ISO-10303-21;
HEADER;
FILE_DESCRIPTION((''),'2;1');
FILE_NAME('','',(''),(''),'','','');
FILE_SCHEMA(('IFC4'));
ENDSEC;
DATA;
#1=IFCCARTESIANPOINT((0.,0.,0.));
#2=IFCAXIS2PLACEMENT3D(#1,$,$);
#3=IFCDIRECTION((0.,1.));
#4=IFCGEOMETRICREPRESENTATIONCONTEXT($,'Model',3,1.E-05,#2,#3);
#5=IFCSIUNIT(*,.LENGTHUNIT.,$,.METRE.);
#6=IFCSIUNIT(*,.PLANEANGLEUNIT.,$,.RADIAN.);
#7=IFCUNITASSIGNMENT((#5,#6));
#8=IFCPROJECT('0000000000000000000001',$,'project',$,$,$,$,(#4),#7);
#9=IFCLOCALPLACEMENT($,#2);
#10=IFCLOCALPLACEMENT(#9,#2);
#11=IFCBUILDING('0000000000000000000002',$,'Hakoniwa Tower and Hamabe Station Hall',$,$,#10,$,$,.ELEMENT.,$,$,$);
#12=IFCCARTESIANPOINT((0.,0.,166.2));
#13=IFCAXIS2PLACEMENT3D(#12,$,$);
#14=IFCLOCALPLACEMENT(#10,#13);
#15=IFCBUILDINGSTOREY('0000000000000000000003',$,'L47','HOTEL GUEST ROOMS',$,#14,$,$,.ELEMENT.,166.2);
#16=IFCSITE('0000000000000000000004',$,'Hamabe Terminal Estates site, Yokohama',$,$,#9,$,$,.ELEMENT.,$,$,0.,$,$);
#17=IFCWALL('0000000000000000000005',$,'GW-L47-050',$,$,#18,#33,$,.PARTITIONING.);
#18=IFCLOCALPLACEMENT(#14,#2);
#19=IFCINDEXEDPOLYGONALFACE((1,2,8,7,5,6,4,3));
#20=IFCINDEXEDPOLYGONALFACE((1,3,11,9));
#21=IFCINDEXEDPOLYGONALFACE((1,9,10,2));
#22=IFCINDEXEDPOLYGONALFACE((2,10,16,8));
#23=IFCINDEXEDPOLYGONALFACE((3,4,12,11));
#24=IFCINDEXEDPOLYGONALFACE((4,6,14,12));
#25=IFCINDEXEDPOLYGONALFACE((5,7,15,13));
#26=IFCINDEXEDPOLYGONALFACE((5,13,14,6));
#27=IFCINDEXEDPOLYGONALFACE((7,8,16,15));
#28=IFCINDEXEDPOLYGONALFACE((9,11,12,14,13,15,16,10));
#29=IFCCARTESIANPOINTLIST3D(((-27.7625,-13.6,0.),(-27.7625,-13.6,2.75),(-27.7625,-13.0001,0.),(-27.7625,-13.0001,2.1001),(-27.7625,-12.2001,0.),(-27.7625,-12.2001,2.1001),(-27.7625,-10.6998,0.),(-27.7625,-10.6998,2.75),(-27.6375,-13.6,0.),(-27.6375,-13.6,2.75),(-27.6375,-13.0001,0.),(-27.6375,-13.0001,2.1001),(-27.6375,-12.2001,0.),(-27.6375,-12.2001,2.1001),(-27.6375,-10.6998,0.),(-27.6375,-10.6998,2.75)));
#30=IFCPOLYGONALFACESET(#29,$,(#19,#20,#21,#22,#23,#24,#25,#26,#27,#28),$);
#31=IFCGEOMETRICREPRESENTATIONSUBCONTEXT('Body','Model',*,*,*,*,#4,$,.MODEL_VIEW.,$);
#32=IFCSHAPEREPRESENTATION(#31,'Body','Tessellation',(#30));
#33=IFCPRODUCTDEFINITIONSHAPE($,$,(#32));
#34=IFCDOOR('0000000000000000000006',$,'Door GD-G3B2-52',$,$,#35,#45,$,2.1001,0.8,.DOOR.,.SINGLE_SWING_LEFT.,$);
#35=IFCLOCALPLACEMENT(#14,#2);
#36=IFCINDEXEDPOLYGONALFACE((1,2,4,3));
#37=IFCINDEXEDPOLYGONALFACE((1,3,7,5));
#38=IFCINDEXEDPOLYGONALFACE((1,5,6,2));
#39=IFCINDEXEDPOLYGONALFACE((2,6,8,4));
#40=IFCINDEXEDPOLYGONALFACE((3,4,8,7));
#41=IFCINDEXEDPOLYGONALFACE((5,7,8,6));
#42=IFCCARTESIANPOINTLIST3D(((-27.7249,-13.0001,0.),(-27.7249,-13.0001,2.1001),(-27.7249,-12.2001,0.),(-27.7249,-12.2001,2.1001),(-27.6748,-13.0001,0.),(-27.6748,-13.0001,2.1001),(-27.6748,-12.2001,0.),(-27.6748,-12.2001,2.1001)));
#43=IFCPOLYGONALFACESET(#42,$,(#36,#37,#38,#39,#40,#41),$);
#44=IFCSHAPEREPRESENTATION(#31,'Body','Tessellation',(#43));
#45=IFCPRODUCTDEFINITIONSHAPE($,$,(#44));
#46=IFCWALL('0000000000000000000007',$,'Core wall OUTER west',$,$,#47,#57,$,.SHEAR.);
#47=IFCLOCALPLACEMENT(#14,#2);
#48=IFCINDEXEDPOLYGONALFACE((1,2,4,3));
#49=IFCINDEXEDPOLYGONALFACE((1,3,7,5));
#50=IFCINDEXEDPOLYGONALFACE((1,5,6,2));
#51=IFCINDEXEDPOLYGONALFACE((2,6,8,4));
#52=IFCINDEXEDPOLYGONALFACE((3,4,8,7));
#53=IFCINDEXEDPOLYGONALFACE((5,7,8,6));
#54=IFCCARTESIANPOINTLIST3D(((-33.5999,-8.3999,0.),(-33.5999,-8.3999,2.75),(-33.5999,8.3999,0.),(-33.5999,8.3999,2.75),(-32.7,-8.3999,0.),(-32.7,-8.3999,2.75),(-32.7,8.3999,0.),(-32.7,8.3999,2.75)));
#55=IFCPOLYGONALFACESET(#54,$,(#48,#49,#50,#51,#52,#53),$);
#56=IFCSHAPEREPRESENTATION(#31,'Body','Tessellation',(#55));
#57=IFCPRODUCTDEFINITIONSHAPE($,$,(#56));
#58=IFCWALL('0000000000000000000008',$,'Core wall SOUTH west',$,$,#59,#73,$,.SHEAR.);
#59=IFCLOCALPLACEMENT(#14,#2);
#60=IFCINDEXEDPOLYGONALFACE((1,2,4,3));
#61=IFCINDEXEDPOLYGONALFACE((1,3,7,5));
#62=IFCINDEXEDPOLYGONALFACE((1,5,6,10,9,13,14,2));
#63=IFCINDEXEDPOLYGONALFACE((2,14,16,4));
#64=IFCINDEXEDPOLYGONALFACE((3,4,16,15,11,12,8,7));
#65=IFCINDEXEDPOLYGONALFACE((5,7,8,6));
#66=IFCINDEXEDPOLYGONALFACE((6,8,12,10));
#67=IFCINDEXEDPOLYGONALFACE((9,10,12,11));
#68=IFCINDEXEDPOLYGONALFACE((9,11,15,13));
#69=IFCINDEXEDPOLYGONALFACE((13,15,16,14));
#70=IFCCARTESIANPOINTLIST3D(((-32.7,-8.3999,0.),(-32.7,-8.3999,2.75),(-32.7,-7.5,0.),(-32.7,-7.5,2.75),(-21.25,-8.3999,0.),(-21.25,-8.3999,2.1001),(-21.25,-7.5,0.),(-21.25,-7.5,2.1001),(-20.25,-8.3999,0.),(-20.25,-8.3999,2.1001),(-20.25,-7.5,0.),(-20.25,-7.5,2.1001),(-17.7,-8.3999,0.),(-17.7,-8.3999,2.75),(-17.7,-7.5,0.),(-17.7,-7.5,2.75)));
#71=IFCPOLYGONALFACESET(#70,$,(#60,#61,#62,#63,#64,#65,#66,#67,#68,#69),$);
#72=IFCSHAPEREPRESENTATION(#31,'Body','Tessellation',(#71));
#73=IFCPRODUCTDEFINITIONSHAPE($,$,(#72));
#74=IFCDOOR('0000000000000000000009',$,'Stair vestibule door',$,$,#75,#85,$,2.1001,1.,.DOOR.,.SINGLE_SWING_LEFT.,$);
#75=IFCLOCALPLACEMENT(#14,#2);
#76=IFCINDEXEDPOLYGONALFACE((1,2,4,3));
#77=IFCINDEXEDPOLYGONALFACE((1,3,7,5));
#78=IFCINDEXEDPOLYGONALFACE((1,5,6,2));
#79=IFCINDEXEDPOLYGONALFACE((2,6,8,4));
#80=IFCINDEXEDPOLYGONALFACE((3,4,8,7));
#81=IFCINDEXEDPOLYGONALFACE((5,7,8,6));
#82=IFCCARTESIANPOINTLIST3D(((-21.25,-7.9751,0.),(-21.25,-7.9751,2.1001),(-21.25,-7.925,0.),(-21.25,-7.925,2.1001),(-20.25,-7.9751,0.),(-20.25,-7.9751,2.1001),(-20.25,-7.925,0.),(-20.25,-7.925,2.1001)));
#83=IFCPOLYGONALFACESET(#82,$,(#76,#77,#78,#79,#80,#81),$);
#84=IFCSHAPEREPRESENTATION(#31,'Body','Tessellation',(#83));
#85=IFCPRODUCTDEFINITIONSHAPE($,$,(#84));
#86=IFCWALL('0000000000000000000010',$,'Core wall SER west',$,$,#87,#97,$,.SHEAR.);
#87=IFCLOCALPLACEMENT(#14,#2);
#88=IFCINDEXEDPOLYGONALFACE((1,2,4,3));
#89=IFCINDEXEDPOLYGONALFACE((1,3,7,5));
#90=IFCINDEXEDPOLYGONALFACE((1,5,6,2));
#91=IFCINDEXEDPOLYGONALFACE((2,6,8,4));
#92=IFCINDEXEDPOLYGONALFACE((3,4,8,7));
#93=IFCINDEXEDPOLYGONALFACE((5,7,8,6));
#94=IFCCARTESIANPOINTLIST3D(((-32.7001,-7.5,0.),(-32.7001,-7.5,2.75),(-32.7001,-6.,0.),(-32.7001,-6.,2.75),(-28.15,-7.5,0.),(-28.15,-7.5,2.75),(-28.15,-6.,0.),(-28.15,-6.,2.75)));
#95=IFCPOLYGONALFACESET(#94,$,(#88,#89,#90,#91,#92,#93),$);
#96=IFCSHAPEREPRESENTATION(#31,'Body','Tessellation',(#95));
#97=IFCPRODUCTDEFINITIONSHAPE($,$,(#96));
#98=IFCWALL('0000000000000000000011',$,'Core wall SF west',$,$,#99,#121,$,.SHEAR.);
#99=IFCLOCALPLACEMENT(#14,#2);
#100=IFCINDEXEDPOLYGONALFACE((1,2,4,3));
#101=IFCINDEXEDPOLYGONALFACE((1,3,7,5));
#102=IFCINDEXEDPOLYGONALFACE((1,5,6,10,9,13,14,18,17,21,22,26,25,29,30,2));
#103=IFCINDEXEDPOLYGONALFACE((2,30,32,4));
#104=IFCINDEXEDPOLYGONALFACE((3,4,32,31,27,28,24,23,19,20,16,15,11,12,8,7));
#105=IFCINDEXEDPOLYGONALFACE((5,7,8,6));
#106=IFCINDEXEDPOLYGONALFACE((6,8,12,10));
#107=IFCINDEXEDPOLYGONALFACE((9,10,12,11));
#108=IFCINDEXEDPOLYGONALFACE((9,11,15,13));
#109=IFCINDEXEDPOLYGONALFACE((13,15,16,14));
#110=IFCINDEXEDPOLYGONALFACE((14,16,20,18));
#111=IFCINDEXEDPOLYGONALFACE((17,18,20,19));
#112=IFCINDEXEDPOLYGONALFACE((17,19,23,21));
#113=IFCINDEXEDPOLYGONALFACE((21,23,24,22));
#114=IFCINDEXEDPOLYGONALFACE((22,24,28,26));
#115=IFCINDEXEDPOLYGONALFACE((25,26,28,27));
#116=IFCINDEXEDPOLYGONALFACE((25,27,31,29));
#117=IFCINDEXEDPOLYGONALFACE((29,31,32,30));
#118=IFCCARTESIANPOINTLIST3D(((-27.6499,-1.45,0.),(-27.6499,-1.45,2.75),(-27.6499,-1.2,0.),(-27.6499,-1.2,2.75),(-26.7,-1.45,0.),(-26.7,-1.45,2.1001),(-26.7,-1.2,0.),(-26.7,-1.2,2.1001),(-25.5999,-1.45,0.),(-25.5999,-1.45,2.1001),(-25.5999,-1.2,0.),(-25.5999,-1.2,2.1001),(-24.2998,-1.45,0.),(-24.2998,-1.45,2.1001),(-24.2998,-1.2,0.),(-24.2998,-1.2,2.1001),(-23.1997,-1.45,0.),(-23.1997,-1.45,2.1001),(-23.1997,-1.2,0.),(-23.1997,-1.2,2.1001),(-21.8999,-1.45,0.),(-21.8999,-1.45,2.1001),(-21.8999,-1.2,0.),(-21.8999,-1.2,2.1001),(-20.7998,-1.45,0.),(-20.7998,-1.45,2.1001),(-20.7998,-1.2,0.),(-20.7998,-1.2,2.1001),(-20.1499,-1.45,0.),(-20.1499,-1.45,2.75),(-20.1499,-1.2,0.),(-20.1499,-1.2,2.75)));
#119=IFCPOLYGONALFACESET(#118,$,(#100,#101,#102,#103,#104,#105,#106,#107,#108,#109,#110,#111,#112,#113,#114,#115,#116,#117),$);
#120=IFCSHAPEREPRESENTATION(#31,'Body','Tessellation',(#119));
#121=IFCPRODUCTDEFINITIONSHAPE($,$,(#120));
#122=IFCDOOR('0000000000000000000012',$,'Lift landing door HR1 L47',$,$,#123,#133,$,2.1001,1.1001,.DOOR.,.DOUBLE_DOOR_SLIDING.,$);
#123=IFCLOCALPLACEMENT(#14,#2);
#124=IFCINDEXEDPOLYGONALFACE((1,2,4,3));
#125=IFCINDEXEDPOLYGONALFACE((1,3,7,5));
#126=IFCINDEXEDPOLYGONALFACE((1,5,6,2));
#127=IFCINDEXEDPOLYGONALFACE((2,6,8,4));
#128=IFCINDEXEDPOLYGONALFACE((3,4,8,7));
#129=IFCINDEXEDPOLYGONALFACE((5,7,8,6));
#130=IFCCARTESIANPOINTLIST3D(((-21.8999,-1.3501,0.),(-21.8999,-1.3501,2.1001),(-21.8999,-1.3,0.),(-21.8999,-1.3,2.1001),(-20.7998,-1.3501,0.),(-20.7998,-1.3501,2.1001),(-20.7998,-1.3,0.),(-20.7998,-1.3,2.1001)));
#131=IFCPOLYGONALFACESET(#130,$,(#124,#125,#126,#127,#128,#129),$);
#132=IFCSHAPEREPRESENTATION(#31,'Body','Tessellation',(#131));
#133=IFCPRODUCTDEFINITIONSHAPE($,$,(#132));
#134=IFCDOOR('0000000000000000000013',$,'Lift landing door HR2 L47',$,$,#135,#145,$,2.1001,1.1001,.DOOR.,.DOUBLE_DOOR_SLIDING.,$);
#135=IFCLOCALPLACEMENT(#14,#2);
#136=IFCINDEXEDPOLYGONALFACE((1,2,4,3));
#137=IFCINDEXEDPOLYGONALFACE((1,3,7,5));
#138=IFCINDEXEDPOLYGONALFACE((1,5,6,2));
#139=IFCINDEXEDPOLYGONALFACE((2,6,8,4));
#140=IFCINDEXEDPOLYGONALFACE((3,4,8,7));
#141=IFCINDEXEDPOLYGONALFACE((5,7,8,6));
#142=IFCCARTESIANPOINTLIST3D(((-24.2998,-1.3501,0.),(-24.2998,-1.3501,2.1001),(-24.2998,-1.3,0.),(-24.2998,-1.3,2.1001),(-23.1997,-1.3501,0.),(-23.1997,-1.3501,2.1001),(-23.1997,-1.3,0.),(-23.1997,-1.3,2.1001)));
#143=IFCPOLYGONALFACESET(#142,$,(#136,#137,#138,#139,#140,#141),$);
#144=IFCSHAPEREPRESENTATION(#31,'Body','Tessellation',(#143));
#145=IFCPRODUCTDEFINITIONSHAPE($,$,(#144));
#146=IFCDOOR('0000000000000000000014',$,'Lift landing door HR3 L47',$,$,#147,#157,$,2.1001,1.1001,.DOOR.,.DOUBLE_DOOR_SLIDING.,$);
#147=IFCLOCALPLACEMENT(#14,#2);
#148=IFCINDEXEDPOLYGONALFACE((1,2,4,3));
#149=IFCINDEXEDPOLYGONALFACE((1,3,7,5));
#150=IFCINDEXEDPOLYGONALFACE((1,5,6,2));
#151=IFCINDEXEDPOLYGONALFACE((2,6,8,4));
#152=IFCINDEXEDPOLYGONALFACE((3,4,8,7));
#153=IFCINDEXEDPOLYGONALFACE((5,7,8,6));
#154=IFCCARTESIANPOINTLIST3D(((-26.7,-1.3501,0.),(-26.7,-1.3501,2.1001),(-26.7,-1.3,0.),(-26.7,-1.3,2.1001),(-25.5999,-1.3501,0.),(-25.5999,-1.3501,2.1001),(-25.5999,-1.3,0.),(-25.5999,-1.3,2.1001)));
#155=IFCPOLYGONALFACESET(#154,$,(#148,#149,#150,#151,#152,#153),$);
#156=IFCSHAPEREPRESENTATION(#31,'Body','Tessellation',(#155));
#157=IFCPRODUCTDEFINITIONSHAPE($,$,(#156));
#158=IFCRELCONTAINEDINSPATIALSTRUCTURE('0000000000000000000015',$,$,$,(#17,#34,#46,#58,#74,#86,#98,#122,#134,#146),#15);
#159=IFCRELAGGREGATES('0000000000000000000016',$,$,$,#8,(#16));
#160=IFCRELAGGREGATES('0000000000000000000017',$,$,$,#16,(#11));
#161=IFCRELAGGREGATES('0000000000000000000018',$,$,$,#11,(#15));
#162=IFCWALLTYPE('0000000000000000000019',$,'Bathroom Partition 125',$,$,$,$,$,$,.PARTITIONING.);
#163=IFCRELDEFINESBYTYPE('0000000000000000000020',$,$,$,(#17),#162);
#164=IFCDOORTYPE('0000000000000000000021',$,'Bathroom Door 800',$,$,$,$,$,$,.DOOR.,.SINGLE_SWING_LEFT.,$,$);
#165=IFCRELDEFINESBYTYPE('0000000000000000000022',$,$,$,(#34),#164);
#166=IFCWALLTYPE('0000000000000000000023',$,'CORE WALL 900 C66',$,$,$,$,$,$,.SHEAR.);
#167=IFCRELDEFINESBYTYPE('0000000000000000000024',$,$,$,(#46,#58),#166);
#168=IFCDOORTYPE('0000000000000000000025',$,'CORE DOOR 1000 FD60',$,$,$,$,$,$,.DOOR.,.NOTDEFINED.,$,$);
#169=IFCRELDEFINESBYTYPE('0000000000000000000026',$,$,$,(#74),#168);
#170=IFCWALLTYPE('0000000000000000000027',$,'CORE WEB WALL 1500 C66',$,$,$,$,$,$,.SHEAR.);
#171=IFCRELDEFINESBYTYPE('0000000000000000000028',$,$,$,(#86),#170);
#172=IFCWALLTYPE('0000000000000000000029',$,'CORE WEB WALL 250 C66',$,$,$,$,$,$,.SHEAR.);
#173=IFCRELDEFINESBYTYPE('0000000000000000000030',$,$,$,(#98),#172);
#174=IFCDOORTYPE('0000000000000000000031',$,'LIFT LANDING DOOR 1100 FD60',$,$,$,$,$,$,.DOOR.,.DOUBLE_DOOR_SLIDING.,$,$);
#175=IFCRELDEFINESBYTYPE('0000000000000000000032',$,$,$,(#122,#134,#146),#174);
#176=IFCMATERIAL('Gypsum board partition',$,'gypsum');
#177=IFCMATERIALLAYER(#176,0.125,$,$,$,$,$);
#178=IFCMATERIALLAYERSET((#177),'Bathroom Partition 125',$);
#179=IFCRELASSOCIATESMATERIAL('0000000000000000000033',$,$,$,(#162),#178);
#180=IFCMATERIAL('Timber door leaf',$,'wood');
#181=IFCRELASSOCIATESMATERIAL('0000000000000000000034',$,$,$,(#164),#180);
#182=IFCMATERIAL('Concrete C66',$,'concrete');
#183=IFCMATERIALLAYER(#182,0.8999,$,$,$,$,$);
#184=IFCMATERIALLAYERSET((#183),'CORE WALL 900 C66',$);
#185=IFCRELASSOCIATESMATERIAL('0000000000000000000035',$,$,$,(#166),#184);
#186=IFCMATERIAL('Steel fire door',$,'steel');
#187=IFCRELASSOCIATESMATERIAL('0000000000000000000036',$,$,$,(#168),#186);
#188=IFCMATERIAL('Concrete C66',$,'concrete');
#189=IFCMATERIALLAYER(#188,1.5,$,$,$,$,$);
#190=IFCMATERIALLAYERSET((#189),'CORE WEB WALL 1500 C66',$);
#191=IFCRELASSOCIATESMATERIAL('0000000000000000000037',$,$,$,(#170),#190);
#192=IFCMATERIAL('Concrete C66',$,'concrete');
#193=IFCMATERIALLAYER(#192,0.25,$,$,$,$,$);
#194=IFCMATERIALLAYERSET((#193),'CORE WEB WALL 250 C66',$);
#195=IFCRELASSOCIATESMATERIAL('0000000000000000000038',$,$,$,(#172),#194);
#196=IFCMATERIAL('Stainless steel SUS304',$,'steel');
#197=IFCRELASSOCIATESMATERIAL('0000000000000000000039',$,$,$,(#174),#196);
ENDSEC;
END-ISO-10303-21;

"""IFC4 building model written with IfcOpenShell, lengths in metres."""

from ifc_helpers import new_model, si_unit, direction, frame, frame_2d, origin, place, context, subcontext, project, spatial, rectangle, extrude, material, layer, layer_set, type_object, element, fill, save


model = new_model("IFC4")

# Units and contexts
model_context = context("Model", 3, precision=1e-05, world=origin(), true_north=direction((0.0, 1.0)))
body_context = subcontext(model_context, "Body", "Model", "MODEL_VIEW")
ifc_project = project(units=[si_unit("LENGTHUNIT", "METRE"), si_unit("PLANEANGLEUNIT", "RADIAN")], contexts=[model_context])

# Site, building, storey
site_placement = place(None, origin())
site = spatial("IfcSite", under=ifc_project, at=site_placement, Name="Hamabe Terminal Estates site, Yokohama", CompositionType="ELEMENT", RefElevation=0.0)
building_placement = place(site_placement, origin())
building = spatial("IfcBuilding", under=site, at=building_placement, Name="Hakoniwa Tower and Hamabe Station Hall", CompositionType="ELEMENT")
storey_placement = place(building_placement, frame((0.0, 0.0, 166.2)))
storey = spatial("IfcBuildingStorey", under=building, at=storey_placement, Name="L47", Description="HOTEL GUEST ROOMS", CompositionType="ELEMENT", Elevation=166.2)

# Wall, opening, door
ifc_material_1 = material(Name="Gypsum board partition", Category="gypsum")
ifc_layer_1 = layer(ifc_material_1, 0.125)
ifc_layer_set_1 = layer_set([ifc_layer_1], Name="Bathroom Partition 125")
wall_type_1 = type_object("IfcWallType", Name="Bathroom Partition 125", PredefinedType="PARTITIONING", material=ifc_layer_set_1)
wall_1_placement = place(storey_placement, frame((-27.7, -13.6001, 0.0), z_axis=(0.0, 0.0, 1.0), x_axis=(0.0, 1.0, 0.0)))
wall_1 = element("IfcWall", 1, at=wall_1_placement, inside=storey, type_object=wall_type_1, Name="GW-L47-050", PredefinedType="PARTITIONING", context=body_context, shape_type="SweptSolid", body=[
    extrude(rectangle(XDim=2.9001, YDim=0.125, at=frame_2d((1.4502, 0.0))), origin(), (0.0, 0.0, 1.0), 2.75),
])
opening_1_placement = place(wall_1_placement, frame((0.6001, 0.0, 0.0)))
opening_1 = element("IfcOpeningElement", 2, at=opening_1_placement, cuts=wall_1, PredefinedType="OPENING", context=body_context, shape_type="SweptSolid", body=[
    extrude(rectangle(XDim=0.8, YDim=2.1001, at=frame_2d((0.3999, 1.05))), frame((0.0, 0.0725, 0.0), z_axis=(0.0, -1.0, 0.0), x_axis=(1.0, 0.0, 0.0)), (0.0, 0.0, 1.0), 0.145),
])
ifc_material_2 = material(Name="Timber door leaf", Category="wood")
door_type_1 = type_object("IfcDoorType", Name="Bathroom Door 800", OperationType="SINGLE_SWING_LEFT", PredefinedType="DOOR", material=ifc_material_2)
door_1_placement = place(opening_1_placement, origin())
door_1 = element("IfcDoor", 3, at=door_1_placement, inside=storey, type_object=door_type_1, Name="Door GD-G3B2-52", OperationType="SINGLE_SWING_LEFT", OverallHeight=2.1001, OverallWidth=0.8, PredefinedType="DOOR", context=body_context, shape_type="SweptSolid", body=[
    extrude(rectangle(XDim=0.8, YDim=2.1001, at=frame_2d((0.3999, 1.05))), frame((0.0, 0.0249, 0.0), z_axis=(0.0, -1.0, 0.0), x_axis=(1.0, 0.0, 0.0)), (0.0, 0.0, 1.0), 0.05),
])
fill(opening_1, door_1)

# Wall
ifc_material_3 = material(Name="Concrete C66", Category="concrete")
ifc_layer_2 = layer(ifc_material_3, 0.8999)
ifc_layer_set_2 = layer_set([ifc_layer_2], Name="CORE WALL 900 C66")
wall_type_2 = type_object("IfcWallType", Name="CORE WALL 900 C66", PredefinedType="SHEAR", material=ifc_layer_set_2)
wall_2_placement = place(storey_placement, frame((-33.1499, -8.3999, 0.0), z_axis=(0.0, 0.0, 1.0), x_axis=(0.0, 1.0, 0.0)))
element("IfcWall", 4, at=wall_2_placement, inside=storey, type_object=wall_type_2, Name="Core wall OUTER west", PredefinedType="SHEAR", context=body_context, shape_type="SweptSolid", body=[
    extrude(rectangle(XDim=16.7998, YDim=0.8999, at=frame_2d((8.3999, 0.0))), origin(), (0.0, 0.0, 1.0), 2.75),
])

# Wall, opening, door
wall_3_placement = place(storey_placement, frame((-32.7, -7.95, 0.0), z_axis=(0.0, 0.0, 1.0), x_axis=(1.0, 0.0, 0.0)))
wall_3 = element("IfcWall", 5, at=wall_3_placement, inside=storey, type_object=wall_type_2, Name="Core wall SOUTH west", PredefinedType="SHEAR", context=body_context, shape_type="SweptSolid", body=[
    extrude(rectangle(XDim=15.0, YDim=0.8999, at=frame_2d((7.5, 0.0))), origin(), (0.0, 0.0, 1.0), 2.75),
])
opening_2_placement = place(wall_3_placement, frame((11.45, 0.0, 0.0)))
opening_2 = element("IfcOpeningElement", 6, at=opening_2_placement, cuts=wall_3, PredefinedType="OPENING", context=body_context, shape_type="SweptSolid", body=[
    extrude(rectangle(XDim=1.0, YDim=2.1001, at=frame_2d((0.5, 1.05))), frame((0.0, 0.46, 0.0), z_axis=(0.0, -1.0, 0.0), x_axis=(1.0, 0.0, 0.0)), (0.0, 0.0, 1.0), 0.9199),
])
ifc_material_4 = material(Name="Steel fire door", Category="steel")
door_type_2 = type_object("IfcDoorType", Name="CORE DOOR 1000 FD60", OperationType="NOTDEFINED", PredefinedType="DOOR", material=ifc_material_4)
door_2_placement = place(opening_2_placement, origin())
door_2 = element("IfcDoor", 7, at=door_2_placement, inside=storey, type_object=door_type_2, Name="Stair vestibule door", OperationType="SINGLE_SWING_LEFT", OverallHeight=2.1001, OverallWidth=1.0, PredefinedType="DOOR", context=body_context, shape_type="SweptSolid", body=[
    extrude(rectangle(XDim=1.0, YDim=2.1001, at=frame_2d((0.5, 1.05))), frame((0.0, 0.0249, 0.0), z_axis=(0.0, -1.0, 0.0), x_axis=(1.0, 0.0, 0.0)), (0.0, 0.0, 1.0), 0.05),
])
fill(opening_2, door_2)

# Wall
ifc_material_5 = material(Name="Concrete C66", Category="concrete")
ifc_layer_3 = layer(ifc_material_5, 1.5)
ifc_layer_set_3 = layer_set([ifc_layer_3], Name="CORE WEB WALL 1500 C66")
wall_type_3 = type_object("IfcWallType", Name="CORE WEB WALL 1500 C66", PredefinedType="SHEAR", material=ifc_layer_set_3)
wall_4_placement = place(storey_placement, frame((-32.7, -6.75, 0.0), z_axis=(0.0, 0.0, 1.0), x_axis=(1.0, 0.0, 0.0)))
element("IfcWall", 8, at=wall_4_placement, inside=storey, type_object=wall_type_3, Name="Core wall SER west", PredefinedType="SHEAR", context=body_context, shape_type="SweptSolid", body=[
    extrude(rectangle(XDim=4.55, YDim=1.5, at=frame_2d((2.2749, 0.0))), origin(), (0.0, 0.0, 1.0), 2.75),
])

# Wall, openings, doors
ifc_material_6 = material(Name="Concrete C66", Category="concrete")
ifc_layer_4 = layer(ifc_material_6, 0.25)
ifc_layer_set_4 = layer_set([ifc_layer_4], Name="CORE WEB WALL 250 C66")
wall_type_4 = type_object("IfcWallType", Name="CORE WEB WALL 250 C66", PredefinedType="SHEAR", material=ifc_layer_set_4)
wall_5_placement = place(storey_placement, frame((-27.6499, -1.325, 0.0), z_axis=(0.0, 0.0, 1.0), x_axis=(1.0, 0.0, 0.0)))
wall_5 = element("IfcWall", 9, at=wall_5_placement, inside=storey, type_object=wall_type_4, Name="Core wall SF west", PredefinedType="SHEAR", context=body_context, shape_type="SweptSolid", body=[
    extrude(rectangle(XDim=7.5, YDim=0.25, at=frame_2d((3.75, 0.0))), origin(), (0.0, 0.0, 1.0), 2.75),
])
opening_3_placement = place(wall_5_placement, frame((5.75, 0.0, 0.0)))
opening_3 = element("IfcOpeningElement", 10, at=opening_3_placement, cuts=wall_5, PredefinedType="OPENING", context=body_context, shape_type="SweptSolid", body=[
    extrude(rectangle(XDim=1.1001, YDim=2.1001, at=frame_2d((0.55, 1.05))), frame((0.0, 0.135, 0.0), z_axis=(0.0, -1.0, 0.0), x_axis=(1.0, 0.0, 0.0)), (0.0, 0.0, 1.0), 0.27),
])
opening_4_placement = place(wall_5_placement, frame((3.3501, 0.0, 0.0)))
opening_4 = element("IfcOpeningElement", 11, at=opening_4_placement, cuts=wall_5, PredefinedType="OPENING", context=body_context, shape_type="SweptSolid", body=[
    extrude(rectangle(XDim=1.1001, YDim=2.1001, at=frame_2d((0.55, 1.05))), frame((0.0, 0.135, 0.0), z_axis=(0.0, -1.0, 0.0), x_axis=(1.0, 0.0, 0.0)), (0.0, 0.0, 1.0), 0.27),
])
opening_5_placement = place(wall_5_placement, frame((0.95, 0.0, 0.0)))
opening_5 = element("IfcOpeningElement", 12, at=opening_5_placement, cuts=wall_5, PredefinedType="OPENING", context=body_context, shape_type="SweptSolid", body=[
    extrude(rectangle(XDim=1.1001, YDim=2.1001, at=frame_2d((0.55, 1.05))), frame((0.0, 0.135, 0.0), z_axis=(0.0, -1.0, 0.0), x_axis=(1.0, 0.0, 0.0)), (0.0, 0.0, 1.0), 0.27),
])
ifc_material_7 = material(Name="Stainless steel SUS304", Category="steel")
door_type_3 = type_object("IfcDoorType", Name="LIFT LANDING DOOR 1100 FD60", OperationType="DOUBLE_DOOR_SLIDING", PredefinedType="DOOR", material=ifc_material_7)
door_3_placement = place(opening_3_placement, origin())
door_3 = element("IfcDoor", 13, at=door_3_placement, inside=storey, type_object=door_type_3, Name="Lift landing door HR1 L47", OperationType="DOUBLE_DOOR_SLIDING", OverallHeight=2.1001, OverallWidth=1.1001, PredefinedType="DOOR", context=body_context, shape_type="SweptSolid", body=[
    extrude(rectangle(XDim=1.1001, YDim=2.1001, at=frame_2d((0.55, 1.05))), frame((0.0, 0.0249, 0.0), z_axis=(0.0, -1.0, 0.0), x_axis=(1.0, 0.0, 0.0)), (0.0, 0.0, 1.0), 0.05),
])
fill(opening_3, door_3)
door_4_placement = place(opening_4_placement, origin())
door_4 = element("IfcDoor", 14, at=door_4_placement, inside=storey, type_object=door_type_3, Name="Lift landing door HR2 L47", OperationType="DOUBLE_DOOR_SLIDING", OverallHeight=2.1001, OverallWidth=1.1001, PredefinedType="DOOR", context=body_context, shape_type="SweptSolid", body=[
    extrude(rectangle(XDim=1.1001, YDim=2.1001, at=frame_2d((0.55, 1.05))), frame((0.0, 0.0249, 0.0), z_axis=(0.0, -1.0, 0.0), x_axis=(1.0, 0.0, 0.0)), (0.0, 0.0, 1.0), 0.05),
])
fill(opening_4, door_4)
door_5_placement = place(opening_5_placement, origin())
door_5 = element("IfcDoor", 15, at=door_5_placement, inside=storey, type_object=door_type_3, Name="Lift landing door HR3 L47", OperationType="DOUBLE_DOOR_SLIDING", OverallHeight=2.1001, OverallWidth=1.1001, PredefinedType="DOOR", context=body_context, shape_type="SweptSolid", body=[
    extrude(rectangle(XDim=1.1001, YDim=2.1001, at=frame_2d((0.55, 1.05))), frame((0.0, 0.0249, 0.0), z_axis=(0.0, -1.0, 0.0), x_axis=(1.0, 0.0, 0.0)), (0.0, 0.0, 1.0), 0.05),
])
fill(opening_5, door_5)

save(model, "model.ifc")
